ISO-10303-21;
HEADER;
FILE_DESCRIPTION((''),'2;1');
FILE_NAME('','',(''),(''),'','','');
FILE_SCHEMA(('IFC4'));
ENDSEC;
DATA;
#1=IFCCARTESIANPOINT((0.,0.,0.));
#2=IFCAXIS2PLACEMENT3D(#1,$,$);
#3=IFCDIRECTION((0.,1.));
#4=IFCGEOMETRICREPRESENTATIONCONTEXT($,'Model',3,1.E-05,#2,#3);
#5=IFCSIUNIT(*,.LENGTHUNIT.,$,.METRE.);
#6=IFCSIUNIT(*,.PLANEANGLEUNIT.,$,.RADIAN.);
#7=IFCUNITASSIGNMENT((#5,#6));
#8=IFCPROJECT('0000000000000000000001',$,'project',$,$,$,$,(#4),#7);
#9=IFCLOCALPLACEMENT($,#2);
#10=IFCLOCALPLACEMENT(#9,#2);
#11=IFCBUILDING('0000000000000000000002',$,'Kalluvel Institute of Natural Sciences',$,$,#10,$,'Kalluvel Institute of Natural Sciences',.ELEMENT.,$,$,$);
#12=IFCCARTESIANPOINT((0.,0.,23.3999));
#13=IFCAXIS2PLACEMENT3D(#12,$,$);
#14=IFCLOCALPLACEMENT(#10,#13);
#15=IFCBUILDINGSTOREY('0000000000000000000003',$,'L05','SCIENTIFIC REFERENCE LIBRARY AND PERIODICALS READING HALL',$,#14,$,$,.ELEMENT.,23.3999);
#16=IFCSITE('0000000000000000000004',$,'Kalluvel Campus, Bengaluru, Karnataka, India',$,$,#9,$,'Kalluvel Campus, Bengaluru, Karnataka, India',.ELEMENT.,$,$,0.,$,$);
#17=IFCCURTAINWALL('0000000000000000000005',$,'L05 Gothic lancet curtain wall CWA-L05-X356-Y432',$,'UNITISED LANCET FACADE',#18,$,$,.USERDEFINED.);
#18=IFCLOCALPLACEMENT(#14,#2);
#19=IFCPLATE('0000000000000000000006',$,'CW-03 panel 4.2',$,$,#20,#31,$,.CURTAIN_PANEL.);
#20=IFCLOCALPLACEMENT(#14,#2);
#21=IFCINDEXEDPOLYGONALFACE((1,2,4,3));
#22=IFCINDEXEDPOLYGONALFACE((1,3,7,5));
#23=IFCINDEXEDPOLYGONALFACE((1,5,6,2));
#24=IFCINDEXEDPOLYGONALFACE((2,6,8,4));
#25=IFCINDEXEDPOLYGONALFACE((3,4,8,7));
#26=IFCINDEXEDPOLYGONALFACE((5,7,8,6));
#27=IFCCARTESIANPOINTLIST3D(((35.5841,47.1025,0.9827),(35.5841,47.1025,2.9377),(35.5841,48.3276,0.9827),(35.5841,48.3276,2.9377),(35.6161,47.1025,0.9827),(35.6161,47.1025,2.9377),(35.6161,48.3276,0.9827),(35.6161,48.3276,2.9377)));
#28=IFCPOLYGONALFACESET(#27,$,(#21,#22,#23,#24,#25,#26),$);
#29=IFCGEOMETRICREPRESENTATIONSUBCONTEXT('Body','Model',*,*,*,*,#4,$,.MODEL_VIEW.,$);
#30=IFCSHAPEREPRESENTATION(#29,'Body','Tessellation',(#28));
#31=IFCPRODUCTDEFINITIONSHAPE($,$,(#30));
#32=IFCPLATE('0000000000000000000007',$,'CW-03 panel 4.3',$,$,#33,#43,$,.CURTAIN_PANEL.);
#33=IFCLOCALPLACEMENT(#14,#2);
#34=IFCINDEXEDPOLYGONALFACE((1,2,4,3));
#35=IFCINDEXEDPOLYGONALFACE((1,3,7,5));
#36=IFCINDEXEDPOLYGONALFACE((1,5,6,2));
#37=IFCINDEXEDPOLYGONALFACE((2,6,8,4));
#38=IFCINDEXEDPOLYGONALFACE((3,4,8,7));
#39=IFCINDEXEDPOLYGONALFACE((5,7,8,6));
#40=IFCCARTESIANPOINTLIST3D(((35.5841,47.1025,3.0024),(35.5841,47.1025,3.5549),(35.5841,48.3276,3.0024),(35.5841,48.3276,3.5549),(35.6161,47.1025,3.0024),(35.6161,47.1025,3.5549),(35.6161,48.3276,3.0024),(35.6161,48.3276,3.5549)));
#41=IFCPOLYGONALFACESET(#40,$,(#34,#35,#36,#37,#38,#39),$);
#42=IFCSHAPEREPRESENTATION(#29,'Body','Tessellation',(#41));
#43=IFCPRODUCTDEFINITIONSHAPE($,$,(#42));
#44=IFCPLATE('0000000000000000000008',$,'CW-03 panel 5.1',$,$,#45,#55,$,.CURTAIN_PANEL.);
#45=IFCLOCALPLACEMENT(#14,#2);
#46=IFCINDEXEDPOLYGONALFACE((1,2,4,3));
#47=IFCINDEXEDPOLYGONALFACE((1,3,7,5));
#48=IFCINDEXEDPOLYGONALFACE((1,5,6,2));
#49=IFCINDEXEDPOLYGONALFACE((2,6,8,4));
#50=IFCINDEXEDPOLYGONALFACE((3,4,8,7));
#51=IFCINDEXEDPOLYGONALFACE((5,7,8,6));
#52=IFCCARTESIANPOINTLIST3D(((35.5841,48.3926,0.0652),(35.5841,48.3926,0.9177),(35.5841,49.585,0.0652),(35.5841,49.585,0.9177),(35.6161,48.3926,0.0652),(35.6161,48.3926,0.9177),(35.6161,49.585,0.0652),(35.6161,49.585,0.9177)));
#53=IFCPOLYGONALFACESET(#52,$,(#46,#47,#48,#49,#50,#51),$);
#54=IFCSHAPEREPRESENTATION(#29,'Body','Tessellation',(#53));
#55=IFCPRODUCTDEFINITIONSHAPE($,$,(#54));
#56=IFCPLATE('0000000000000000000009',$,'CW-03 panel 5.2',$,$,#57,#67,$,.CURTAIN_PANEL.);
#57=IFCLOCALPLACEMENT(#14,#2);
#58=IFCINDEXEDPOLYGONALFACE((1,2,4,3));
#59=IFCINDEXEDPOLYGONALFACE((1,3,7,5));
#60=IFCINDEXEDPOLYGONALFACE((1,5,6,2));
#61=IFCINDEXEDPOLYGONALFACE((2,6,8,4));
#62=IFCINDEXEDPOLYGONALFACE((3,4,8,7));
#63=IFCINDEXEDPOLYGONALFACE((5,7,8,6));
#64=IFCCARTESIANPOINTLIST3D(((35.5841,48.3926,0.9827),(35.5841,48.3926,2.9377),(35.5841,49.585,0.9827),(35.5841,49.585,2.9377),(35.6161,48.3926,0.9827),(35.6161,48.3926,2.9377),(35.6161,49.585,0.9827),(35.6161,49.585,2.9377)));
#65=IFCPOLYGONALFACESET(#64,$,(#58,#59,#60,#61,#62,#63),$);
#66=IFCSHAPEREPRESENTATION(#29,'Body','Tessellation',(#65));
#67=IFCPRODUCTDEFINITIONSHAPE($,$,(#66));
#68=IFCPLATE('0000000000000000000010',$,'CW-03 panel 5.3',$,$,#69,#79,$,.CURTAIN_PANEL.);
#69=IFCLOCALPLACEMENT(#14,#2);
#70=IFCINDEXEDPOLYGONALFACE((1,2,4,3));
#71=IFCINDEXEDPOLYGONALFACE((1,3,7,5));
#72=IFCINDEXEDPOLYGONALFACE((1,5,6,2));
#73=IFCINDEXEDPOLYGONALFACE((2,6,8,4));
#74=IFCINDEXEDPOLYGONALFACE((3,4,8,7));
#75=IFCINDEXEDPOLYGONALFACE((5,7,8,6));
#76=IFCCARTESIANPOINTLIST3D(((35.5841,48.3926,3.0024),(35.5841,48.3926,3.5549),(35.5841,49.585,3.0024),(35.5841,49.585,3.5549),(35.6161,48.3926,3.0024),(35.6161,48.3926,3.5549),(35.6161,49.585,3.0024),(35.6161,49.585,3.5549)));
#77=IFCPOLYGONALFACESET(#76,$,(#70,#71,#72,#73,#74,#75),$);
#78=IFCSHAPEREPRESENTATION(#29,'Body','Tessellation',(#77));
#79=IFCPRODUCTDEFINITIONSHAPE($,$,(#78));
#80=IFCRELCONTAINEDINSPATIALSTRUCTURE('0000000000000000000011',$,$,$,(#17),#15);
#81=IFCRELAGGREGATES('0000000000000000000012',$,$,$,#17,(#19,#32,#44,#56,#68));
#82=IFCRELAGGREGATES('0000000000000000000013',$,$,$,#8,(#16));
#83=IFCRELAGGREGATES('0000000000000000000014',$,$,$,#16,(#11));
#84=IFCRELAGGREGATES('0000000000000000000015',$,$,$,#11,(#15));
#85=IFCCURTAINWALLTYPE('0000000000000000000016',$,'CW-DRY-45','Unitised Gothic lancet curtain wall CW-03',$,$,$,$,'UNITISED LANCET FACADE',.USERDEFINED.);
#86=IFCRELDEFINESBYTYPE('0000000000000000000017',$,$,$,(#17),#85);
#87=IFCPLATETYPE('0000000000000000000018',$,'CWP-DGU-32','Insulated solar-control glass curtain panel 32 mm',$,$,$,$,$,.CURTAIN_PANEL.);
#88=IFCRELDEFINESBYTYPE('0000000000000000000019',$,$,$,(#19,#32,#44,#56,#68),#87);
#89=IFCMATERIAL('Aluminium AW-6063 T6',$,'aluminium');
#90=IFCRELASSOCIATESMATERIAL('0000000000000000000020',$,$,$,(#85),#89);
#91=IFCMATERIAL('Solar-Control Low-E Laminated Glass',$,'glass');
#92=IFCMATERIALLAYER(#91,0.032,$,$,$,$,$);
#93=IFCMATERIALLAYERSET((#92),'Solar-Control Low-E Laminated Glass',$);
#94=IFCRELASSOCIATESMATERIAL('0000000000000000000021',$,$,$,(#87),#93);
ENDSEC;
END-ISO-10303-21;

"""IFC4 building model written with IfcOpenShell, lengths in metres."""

from ifc_helpers import new_model, si_unit, direction, frame, origin, origin_2d, place, context, subcontext, project, spatial, rectangle, extrude, material, layer, layer_set, type_object, element, aggregate, save


model = new_model("IFC4")

# Units and contexts
model_context = context("Model", 3, precision=1e-05, world=origin(), true_north=direction((0.0, 1.0)))
body_context = subcontext(model_context, "Body", "Model", "MODEL_VIEW")
ifc_project = project(units=[si_unit("LENGTHUNIT", "METRE"), si_unit("PLANEANGLEUNIT", "RADIAN")], contexts=[model_context])

# Site, building, storey
site_placement = place(None, origin())
site = spatial("IfcSite", under=ifc_project, at=site_placement, Name="Kalluvel Campus, Bengaluru, Karnataka, India", LongName="Kalluvel Campus, Bengaluru, Karnataka, India", CompositionType="ELEMENT", RefElevation=0.0)
building_placement = place(site_placement, origin())
building = spatial("IfcBuilding", under=site, at=building_placement, Name="Kalluvel Institute of Natural Sciences", LongName="Kalluvel Institute of Natural Sciences", CompositionType="ELEMENT")
storey_placement = place(building_placement, frame((0.0, 0.0, 23.3999)))
storey = spatial("IfcBuildingStorey", under=building, at=storey_placement, Name="L05", Description="SCIENTIFIC REFERENCE LIBRARY AND PERIODICALS READING HALL", CompositionType="ELEMENT", Elevation=23.3999)

# Curtain wall, plates
ifc_material_1 = material(Name="Aluminium AW-6063 T6", Category="aluminium")
curtain_wall_type = type_object("IfcCurtainWallType", Name="CW-DRY-45", Description="Unitised Gothic lancet curtain wall CW-03", ElementType="UNITISED LANCET FACADE", PredefinedType="USERDEFINED", material=ifc_material_1)
curtain_wall_placement = place(storey_placement, origin())
curtain_wall = element("IfcCurtainWall", 1, at=curtain_wall_placement, inside=storey, type_object=curtain_wall_type, Name="L05 Gothic lancet curtain wall CWA-L05-X356-Y432", ObjectType="UNITISED LANCET FACADE", PredefinedType="USERDEFINED")
ifc_material_2 = material(Name="Solar-Control Low-E Laminated Glass", Category="glass")
ifc_layer = layer(ifc_material_2, 0.032)
ifc_layer_set = layer_set([ifc_layer], Name="Solar-Control Low-E Laminated Glass")
plate_type = type_object("IfcPlateType", Name="CWP-DGU-32", Description="Insulated solar-control glass curtain panel 32 mm", PredefinedType="CURTAIN_PANEL", material=ifc_layer_set)
plate_1_placement = place(storey_placement, frame((35.6001, 47.7151, 0.9827), z_axis=(0.0, 0.0, 1.0), x_axis=(0.0, 1.0, 0.0)))
plate_1 = element("IfcPlate", 2, at=plate_1_placement, type_object=plate_type, Name="CW-03 panel 4.2", PredefinedType="CURTAIN_PANEL", context=body_context, shape_type="SweptSolid", body=[
    extrude(rectangle(XDim=1.2251, YDim=0.032, at=origin_2d()), origin(), (0.0, 0.0, 1.0), 1.9551),
])
plate_2_placement = place(storey_placement, frame((35.6001, 47.7151, 3.0024), z_axis=(0.0, 0.0, 1.0), x_axis=(0.0, 1.0, 0.0)))
plate_2 = element("IfcPlate", 3, at=plate_2_placement, type_object=plate_type, Name="CW-03 panel 4.3", PredefinedType="CURTAIN_PANEL", context=body_context, shape_type="SweptSolid", body=[
    extrude(rectangle(XDim=1.2251, YDim=0.032, at=origin_2d()), origin(), (0.0, 0.0, 1.0), 0.5525),
])
plate_3_placement = place(storey_placement, frame((35.6001, 48.9888, 0.0652), z_axis=(0.0, 0.0, 1.0), x_axis=(0.0, 1.0, 0.0)))
plate_3 = element("IfcPlate", 4, at=plate_3_placement, type_object=plate_type, Name="CW-03 panel 5.1", PredefinedType="CURTAIN_PANEL", context=body_context, shape_type="SweptSolid", body=[
    extrude(rectangle(XDim=1.1924, YDim=0.032, at=origin_2d()), origin(), (0.0, 0.0, 1.0), 0.8525),
])
plate_4_placement = place(storey_placement, frame((35.6001, 48.9888, 0.9827), z_axis=(0.0, 0.0, 1.0), x_axis=(0.0, 1.0, 0.0)))
plate_4 = element("IfcPlate", 5, at=plate_4_placement, type_object=plate_type, Name="CW-03 panel 5.2", PredefinedType="CURTAIN_PANEL", context=body_context, shape_type="SweptSolid", body=[
    extrude(rectangle(XDim=1.1924, YDim=0.032, at=origin_2d()), origin(), (0.0, 0.0, 1.0), 1.9551),
])
plate_5_placement = place(storey_placement, frame((35.6001, 48.9888, 3.0024), z_axis=(0.0, 0.0, 1.0), x_axis=(0.0, 1.0, 0.0)))
plate_5 = element("IfcPlate", 6, at=plate_5_placement, type_object=plate_type, Name="CW-03 panel 5.3", PredefinedType="CURTAIN_PANEL", context=body_context, shape_type="SweptSolid", body=[
    extrude(rectangle(XDim=1.1924, YDim=0.032, at=origin_2d()), origin(), (0.0, 0.0, 1.0), 0.5525),
])
aggregate(curtain_wall, [plate_1, plate_2, plate_3, plate_4, plate_5])

save(model, "model.ifc")
